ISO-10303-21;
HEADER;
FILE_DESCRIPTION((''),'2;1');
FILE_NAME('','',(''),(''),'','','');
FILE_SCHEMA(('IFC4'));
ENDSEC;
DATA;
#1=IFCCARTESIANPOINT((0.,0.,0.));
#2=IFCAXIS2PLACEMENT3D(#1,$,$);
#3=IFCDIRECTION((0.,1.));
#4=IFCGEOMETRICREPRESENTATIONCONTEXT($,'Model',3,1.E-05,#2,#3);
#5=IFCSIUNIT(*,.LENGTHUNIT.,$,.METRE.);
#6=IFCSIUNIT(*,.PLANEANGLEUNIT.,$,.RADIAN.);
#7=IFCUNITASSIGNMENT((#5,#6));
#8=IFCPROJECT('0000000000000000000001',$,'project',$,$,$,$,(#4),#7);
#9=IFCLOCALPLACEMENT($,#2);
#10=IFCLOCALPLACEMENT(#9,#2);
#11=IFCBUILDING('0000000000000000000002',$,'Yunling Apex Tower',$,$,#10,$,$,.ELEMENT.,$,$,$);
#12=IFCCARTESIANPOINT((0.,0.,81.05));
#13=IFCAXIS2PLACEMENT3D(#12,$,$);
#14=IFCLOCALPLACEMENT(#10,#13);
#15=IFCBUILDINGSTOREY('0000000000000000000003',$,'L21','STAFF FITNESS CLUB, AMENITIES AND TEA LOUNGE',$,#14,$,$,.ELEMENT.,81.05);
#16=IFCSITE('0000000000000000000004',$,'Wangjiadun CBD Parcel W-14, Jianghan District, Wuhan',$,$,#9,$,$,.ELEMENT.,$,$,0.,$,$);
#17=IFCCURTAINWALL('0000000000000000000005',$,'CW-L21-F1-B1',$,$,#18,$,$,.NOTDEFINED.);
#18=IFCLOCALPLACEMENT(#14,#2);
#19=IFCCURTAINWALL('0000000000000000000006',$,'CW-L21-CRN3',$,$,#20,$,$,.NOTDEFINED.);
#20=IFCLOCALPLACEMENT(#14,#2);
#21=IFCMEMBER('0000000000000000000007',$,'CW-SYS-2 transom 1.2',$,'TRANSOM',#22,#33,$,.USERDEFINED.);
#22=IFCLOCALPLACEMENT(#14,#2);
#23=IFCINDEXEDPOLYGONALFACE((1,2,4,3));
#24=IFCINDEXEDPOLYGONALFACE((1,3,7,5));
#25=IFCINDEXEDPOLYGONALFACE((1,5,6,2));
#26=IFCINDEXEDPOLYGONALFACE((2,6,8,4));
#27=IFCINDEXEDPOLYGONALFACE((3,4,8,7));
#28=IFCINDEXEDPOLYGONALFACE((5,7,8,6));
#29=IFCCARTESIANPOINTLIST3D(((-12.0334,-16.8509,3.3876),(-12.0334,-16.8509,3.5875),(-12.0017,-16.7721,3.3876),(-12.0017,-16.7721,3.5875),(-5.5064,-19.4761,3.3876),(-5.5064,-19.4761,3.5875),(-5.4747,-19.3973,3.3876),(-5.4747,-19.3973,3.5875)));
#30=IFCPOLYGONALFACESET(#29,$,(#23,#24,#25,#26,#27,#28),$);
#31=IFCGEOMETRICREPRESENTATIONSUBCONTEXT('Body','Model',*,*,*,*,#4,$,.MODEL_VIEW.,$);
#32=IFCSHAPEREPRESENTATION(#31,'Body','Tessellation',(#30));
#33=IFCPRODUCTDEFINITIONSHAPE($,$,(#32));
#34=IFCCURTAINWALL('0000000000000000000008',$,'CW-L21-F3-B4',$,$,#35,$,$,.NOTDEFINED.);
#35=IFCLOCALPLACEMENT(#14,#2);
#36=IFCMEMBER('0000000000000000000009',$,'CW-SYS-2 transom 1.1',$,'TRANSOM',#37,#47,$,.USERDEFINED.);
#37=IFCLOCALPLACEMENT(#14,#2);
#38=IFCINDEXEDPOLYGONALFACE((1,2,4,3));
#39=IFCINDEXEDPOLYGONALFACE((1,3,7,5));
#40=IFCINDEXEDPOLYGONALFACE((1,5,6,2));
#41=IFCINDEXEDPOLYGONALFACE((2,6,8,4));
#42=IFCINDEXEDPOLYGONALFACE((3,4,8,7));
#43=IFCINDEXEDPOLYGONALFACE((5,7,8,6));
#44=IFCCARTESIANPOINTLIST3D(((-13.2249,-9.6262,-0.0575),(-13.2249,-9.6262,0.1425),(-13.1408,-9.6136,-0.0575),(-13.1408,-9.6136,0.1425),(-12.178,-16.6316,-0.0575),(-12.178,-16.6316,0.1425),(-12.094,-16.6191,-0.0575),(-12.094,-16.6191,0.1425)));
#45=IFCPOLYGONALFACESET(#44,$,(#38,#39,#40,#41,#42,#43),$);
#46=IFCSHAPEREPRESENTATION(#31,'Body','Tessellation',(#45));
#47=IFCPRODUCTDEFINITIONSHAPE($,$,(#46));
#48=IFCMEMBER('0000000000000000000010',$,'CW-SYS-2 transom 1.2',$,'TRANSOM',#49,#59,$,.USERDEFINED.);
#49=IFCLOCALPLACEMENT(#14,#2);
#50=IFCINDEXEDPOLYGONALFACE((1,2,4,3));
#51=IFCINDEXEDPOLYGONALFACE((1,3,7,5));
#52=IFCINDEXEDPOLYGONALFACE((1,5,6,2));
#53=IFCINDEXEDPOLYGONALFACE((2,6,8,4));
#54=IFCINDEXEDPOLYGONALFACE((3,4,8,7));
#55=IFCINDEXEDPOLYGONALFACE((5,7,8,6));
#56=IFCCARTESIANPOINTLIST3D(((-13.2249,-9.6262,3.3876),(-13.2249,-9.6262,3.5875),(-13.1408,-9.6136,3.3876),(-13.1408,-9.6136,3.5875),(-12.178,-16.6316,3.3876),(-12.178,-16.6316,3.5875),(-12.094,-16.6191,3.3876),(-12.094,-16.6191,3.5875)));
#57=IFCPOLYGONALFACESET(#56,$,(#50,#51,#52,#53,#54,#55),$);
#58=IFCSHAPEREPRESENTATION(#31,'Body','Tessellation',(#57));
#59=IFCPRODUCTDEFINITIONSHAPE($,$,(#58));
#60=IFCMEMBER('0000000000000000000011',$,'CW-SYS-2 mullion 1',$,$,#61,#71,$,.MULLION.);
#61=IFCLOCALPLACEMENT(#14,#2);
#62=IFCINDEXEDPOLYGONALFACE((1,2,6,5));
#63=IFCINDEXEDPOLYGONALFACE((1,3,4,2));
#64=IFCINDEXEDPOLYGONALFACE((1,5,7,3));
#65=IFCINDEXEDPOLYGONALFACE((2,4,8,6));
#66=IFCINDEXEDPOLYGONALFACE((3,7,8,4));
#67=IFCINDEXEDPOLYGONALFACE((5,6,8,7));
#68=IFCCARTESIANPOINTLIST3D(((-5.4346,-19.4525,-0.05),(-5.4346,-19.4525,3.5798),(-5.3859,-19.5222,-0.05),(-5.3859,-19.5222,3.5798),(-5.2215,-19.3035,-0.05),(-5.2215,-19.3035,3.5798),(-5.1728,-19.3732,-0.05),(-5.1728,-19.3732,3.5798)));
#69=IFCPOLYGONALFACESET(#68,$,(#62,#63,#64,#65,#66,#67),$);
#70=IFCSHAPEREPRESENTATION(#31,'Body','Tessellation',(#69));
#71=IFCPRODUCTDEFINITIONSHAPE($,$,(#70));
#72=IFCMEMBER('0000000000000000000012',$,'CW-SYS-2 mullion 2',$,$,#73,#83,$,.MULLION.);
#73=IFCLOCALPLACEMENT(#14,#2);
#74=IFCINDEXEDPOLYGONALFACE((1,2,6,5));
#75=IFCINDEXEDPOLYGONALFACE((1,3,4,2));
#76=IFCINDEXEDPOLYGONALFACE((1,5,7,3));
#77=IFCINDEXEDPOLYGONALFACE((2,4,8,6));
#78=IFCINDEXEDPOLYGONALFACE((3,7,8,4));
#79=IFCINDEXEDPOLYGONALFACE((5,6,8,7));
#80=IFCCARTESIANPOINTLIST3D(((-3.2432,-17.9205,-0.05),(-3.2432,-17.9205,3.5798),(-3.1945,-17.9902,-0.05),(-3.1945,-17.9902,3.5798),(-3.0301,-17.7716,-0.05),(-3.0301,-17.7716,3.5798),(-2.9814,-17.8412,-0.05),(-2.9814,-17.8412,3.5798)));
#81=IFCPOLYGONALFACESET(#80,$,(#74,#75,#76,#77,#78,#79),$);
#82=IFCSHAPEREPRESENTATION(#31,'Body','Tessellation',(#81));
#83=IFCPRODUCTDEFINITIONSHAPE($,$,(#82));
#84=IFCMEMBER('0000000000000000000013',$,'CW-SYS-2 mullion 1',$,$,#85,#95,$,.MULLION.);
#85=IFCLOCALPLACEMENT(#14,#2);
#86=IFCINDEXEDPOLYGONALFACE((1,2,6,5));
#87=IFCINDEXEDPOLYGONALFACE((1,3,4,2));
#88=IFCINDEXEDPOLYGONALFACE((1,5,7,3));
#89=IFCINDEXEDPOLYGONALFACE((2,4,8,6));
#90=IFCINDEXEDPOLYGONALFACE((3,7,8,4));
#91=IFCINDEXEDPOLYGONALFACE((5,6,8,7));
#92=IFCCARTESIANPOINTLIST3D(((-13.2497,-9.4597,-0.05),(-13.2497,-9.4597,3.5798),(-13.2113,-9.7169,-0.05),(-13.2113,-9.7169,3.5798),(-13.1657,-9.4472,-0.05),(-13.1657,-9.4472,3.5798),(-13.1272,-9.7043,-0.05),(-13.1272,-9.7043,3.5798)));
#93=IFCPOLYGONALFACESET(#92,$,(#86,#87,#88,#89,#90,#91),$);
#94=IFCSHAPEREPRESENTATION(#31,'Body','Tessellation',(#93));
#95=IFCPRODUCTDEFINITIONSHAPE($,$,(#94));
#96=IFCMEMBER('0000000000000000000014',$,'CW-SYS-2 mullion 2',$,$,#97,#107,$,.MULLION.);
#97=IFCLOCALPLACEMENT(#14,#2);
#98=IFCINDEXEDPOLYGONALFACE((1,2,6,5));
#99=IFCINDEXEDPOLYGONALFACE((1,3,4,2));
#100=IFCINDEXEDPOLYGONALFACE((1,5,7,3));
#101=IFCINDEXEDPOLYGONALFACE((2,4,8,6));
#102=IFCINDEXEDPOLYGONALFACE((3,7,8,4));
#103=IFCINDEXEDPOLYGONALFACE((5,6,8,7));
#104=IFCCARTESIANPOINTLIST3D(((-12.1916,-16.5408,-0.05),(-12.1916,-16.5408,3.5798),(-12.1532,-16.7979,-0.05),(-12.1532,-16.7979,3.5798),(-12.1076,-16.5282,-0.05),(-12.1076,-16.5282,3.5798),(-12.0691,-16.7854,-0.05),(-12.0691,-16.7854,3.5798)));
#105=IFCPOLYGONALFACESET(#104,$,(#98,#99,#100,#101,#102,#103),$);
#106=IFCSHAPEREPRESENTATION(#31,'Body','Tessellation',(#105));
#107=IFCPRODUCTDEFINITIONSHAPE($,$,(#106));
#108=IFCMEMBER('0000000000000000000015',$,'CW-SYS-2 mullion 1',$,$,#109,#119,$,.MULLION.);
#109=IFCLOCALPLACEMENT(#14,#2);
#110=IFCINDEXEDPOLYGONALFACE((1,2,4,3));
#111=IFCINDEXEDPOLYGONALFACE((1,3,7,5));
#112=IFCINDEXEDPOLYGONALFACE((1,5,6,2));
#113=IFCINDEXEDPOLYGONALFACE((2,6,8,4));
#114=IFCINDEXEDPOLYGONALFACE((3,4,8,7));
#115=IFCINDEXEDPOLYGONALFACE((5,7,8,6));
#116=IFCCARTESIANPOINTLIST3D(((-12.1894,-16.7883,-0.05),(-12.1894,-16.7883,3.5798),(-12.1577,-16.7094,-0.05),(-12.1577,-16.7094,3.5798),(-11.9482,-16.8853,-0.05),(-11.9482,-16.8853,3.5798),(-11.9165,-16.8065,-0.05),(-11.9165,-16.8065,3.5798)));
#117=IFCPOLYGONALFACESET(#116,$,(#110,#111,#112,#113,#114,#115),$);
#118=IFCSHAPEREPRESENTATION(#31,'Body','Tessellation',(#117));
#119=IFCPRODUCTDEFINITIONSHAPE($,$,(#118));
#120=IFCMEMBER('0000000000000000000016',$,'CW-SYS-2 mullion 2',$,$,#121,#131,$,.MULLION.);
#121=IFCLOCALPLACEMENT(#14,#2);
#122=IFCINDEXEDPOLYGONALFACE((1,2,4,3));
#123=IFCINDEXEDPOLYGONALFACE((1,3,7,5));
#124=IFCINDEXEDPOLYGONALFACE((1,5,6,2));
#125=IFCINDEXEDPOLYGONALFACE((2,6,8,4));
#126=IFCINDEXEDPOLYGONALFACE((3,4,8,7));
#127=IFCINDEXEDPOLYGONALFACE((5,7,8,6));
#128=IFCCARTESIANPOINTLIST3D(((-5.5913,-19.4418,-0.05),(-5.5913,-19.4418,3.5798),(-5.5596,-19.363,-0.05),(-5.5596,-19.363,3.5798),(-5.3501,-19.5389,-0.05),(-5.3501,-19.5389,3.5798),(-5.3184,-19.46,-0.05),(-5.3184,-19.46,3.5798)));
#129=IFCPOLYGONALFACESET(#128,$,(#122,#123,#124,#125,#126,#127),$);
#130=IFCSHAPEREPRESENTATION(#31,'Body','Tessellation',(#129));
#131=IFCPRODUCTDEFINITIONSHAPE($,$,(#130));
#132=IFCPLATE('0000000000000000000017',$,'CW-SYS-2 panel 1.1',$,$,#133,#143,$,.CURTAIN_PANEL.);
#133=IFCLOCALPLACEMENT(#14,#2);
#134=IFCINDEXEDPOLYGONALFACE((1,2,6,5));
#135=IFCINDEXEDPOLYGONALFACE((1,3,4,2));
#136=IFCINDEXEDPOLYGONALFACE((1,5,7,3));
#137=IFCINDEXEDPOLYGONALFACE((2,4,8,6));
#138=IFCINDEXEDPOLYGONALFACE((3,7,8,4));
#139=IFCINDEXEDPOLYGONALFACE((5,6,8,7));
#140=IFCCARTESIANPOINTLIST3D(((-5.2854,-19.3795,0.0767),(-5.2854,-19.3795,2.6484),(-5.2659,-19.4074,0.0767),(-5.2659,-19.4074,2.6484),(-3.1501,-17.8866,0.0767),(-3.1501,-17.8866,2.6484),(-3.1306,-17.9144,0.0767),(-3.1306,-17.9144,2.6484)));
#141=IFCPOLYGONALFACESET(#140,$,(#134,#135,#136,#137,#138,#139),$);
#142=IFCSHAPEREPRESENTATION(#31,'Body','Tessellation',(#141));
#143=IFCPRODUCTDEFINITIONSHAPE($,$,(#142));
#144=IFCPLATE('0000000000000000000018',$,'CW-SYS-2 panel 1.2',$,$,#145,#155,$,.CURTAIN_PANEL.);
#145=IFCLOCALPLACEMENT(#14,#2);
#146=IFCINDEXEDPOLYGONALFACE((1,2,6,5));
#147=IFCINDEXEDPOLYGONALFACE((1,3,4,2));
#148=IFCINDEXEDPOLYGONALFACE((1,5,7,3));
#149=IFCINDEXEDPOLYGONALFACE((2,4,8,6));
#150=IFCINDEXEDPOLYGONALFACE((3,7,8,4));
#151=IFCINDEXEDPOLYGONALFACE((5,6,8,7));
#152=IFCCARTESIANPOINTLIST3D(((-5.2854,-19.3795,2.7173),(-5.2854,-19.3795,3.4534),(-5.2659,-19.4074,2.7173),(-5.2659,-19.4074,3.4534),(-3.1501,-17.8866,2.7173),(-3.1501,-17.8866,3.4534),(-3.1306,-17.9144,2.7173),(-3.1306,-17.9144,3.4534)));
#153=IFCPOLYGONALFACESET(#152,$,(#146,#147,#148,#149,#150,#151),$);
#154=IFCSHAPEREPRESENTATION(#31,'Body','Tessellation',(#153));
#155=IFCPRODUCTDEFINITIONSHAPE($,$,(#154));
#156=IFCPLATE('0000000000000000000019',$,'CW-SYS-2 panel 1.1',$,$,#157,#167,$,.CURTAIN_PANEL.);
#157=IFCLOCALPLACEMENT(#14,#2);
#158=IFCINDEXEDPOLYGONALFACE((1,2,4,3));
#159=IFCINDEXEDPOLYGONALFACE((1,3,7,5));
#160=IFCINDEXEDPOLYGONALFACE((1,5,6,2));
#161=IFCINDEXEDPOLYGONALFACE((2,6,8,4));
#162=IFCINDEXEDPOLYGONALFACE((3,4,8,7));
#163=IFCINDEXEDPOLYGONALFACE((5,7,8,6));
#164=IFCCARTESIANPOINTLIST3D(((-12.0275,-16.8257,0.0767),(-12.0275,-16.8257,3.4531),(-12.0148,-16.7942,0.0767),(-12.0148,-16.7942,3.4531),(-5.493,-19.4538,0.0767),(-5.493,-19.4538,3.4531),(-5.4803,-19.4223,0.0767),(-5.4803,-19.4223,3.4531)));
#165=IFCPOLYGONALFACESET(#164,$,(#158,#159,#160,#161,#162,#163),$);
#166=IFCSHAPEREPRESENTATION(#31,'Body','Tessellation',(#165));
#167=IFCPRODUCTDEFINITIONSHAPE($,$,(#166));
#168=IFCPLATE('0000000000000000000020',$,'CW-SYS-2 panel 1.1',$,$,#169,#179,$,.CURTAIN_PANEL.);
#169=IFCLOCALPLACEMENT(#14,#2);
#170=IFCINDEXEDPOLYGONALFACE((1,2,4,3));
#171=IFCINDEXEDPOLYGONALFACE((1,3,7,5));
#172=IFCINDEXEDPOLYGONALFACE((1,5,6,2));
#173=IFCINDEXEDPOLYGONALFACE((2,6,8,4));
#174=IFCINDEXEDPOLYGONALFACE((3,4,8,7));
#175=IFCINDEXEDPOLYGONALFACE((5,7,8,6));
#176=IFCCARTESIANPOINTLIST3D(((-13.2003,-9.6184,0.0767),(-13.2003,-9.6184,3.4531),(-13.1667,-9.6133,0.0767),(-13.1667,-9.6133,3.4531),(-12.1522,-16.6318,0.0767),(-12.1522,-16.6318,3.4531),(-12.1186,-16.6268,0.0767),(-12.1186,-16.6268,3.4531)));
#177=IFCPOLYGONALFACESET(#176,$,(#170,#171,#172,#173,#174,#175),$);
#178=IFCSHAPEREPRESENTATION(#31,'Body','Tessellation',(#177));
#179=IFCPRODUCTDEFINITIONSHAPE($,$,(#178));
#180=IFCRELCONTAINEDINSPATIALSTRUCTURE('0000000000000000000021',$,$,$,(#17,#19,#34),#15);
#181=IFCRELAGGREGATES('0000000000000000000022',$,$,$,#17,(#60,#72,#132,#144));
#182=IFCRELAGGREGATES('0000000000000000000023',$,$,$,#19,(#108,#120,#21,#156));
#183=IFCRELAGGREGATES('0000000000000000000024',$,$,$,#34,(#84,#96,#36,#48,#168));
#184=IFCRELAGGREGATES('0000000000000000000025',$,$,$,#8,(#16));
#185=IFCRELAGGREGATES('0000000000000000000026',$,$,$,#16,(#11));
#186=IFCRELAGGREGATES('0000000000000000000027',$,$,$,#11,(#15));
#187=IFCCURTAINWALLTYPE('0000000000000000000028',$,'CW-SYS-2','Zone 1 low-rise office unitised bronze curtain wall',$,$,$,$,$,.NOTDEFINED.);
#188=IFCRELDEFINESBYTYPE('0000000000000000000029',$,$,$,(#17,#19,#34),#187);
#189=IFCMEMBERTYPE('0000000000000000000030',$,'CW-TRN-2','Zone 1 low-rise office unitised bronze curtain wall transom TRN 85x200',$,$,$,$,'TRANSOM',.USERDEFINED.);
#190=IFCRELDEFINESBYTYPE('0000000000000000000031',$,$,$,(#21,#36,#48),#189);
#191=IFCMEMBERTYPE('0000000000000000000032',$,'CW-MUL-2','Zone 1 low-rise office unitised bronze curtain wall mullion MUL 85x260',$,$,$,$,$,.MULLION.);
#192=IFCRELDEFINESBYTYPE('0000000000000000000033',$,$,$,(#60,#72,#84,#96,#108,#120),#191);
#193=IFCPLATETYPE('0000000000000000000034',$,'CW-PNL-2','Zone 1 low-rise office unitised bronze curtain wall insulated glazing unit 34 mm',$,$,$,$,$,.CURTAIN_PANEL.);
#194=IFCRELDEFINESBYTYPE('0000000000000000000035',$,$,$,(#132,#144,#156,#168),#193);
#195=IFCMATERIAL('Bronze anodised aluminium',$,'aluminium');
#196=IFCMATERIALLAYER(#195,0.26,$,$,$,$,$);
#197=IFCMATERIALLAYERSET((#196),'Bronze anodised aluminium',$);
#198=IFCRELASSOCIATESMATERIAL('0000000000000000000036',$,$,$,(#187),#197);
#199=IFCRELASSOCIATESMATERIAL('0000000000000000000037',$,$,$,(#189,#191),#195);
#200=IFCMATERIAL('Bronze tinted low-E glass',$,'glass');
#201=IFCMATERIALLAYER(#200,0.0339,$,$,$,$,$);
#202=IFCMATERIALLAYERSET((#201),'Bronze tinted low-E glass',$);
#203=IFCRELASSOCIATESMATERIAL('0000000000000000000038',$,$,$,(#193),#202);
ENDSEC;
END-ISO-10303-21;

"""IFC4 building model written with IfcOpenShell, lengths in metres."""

from ifc_helpers import new_model, si_unit, direction, frame, origin, origin_2d, place, context, subcontext, project, spatial, rectangle, extrude, source, transform, mapped, material, layer, layer_set, material_profile, profile_set, type_object, element, aggregate, save


model = new_model("IFC4")

# Units and contexts
model_context = context("Model", 3, precision=1e-05, world=origin(), true_north=direction((0.0, 1.0)))
body_context = subcontext(model_context, "Body", "Model", "MODEL_VIEW")
ifc_project = project(units=[si_unit("LENGTHUNIT", "METRE"), si_unit("PLANEANGLEUNIT", "RADIAN")], contexts=[model_context])

# Site, building, storey
site_placement = place(None, origin())
site = spatial("IfcSite", under=ifc_project, at=site_placement, Name="Wangjiadun CBD Parcel W-14, Jianghan District, Wuhan", CompositionType="ELEMENT", RefElevation=0.0)
building_placement = place(site_placement, origin())
building = spatial("IfcBuilding", under=site, at=building_placement, Name="Yunling Apex Tower", CompositionType="ELEMENT")
storey_placement = place(building_placement, frame((0.0, 0.0, 81.05)))
storey = spatial("IfcBuildingStorey", under=building, at=storey_placement, Name="L21", Description="STAFF FITNESS CLUB, AMENITIES AND TEA LOUNGE", CompositionType="ELEMENT", Elevation=81.05)

# Curtain walls, members
ifc_material_1 = material(Name="Bronze anodised aluminium", Category="aluminium")
ifc_layer_1 = layer(ifc_material_1, 0.26)
ifc_layer_set_1 = layer_set([ifc_layer_1], Name="Bronze anodised aluminium")
curtain_wall_type = type_object("IfcCurtainWallType", Name="CW-SYS-2", Description="Zone 1 low-rise office unitised bronze curtain wall", PredefinedType="NOTDEFINED", material=ifc_layer_set_1)
curtain_wall_1_placement = place(storey_placement, origin())
curtain_wall_1 = element("IfcCurtainWall", 1, at=curtain_wall_1_placement, inside=storey, type_object=curtain_wall_type, Name="CW-L21-F1-B1", PredefinedType="NOTDEFINED")
ifc_material_profile_1 = material_profile(ifc_material_1, rectangle(XDim=0.085, YDim=0.2, at=origin_2d()))
ifc_profile_set_1 = profile_set([ifc_material_profile_1], Name="Bronze anodised aluminium")
member_type_1 = type_object("IfcMemberType", Name="CW-TRN-2", Description="Zone 1 low-rise office unitised bronze curtain wall transom TRN 85x200", ElementType="TRANSOM", PredefinedType="USERDEFINED", material=ifc_profile_set_1)
curtain_wall_2_placement = place(storey_placement, origin())
curtain_wall_2 = element("IfcCurtainWall", 2, at=curtain_wall_2_placement, inside=storey, type_object=curtain_wall_type, Name="CW-L21-CRN3", PredefinedType="NOTDEFINED")
shared_shape_1 = source(origin(), body_context, "Body", "SweptSolid", [
    extrude(rectangle(XDim=0.085, YDim=0.2, at=origin_2d()), origin(), (0.0, 0.0, 1.0), 7.0352),
])
member_1_placement = place(storey_placement, frame((-12.0176, -16.8115, 3.4875), z_axis=(0.927769, -0.373155, 0.0), x_axis=(0.373155, 0.927769, 0.0)))
member_1 = element("IfcMember", 3, at=member_1_placement, type_object=member_type_1, Name="CW-SYS-2 transom 1.2", ObjectType="TRANSOM", PredefinedType="USERDEFINED", context=body_context, shape_type="MappedRepresentation", body=[
    mapped(shared_shape_1, transform((0.0, 0.0, 0.0), scale=1.0)),
])
curtain_wall_3_placement = place(storey_placement, origin())
curtain_wall_3 = element("IfcCurtainWall", 4, at=curtain_wall_3_placement, inside=storey, type_object=curtain_wall_type, Name="CW-L21-F3-B4", PredefinedType="NOTDEFINED")
shared_shape_2 = source(origin(), body_context, "Body", "SweptSolid", [
    extrude(rectangle(XDim=0.085, YDim=0.2, at=origin_2d()), origin(), (0.0, 0.0, 1.0), 7.0833),
])
member_2_placement = place(storey_placement, frame((-13.1829, -9.6199, 0.0425), z_axis=(0.147798, -0.989018, 0.0), x_axis=(0.989018, 0.147798, 0.0)))
member_2 = element("IfcMember", 5, at=member_2_placement, type_object=member_type_1, Name="CW-SYS-2 transom 1.1", ObjectType="TRANSOM", PredefinedType="USERDEFINED", context=body_context, shape_type="MappedRepresentation", body=[
    mapped(shared_shape_2, transform((0.0, 0.0, 0.0), scale=1.0)),
])
member_3_placement = place(storey_placement, frame((-13.1829, -9.6199, 3.4875), z_axis=(0.147798, -0.989018, 0.0), x_axis=(0.989018, 0.147798, 0.0)))
member_3 = element("IfcMember", 6, at=member_3_placement, type_object=member_type_1, Name="CW-SYS-2 transom 1.2", ObjectType="TRANSOM", PredefinedType="USERDEFINED", context=body_context, shape_type="MappedRepresentation", body=[
    mapped(shared_shape_2, transform((0.0, 0.0, 0.0), scale=1.0)),
])

# Members
ifc_material_profile_2 = material_profile(ifc_material_1, rectangle(XDim=0.085, YDim=0.26, at=origin_2d()))
ifc_profile_set_2 = profile_set([ifc_material_profile_2], Name="Bronze anodised aluminium")
member_type_2 = type_object("IfcMemberType", Name="CW-MUL-2", Description="Zone 1 low-rise office unitised bronze curtain wall mullion MUL 85x260", PredefinedType="MULLION", material=ifc_profile_set_2)
shared_shape_3 = source(origin(), body_context, "Body", "SweptSolid", [
    extrude(rectangle(XDim=0.085, YDim=0.26, at=origin_2d()), origin(), (0.0, 0.0, 1.0), 3.6299),
])
member_4_placement = place(storey_placement, frame((-5.3037, -19.4128, -0.05), z_axis=(0.0, 0.0, 1.0), x_axis=(-0.573004, 0.819552, 0.0)))
member_4 = element("IfcMember", 7, at=member_4_placement, type_object=member_type_2, Name="CW-SYS-2 mullion 1", PredefinedType="MULLION", context=body_context, shape_type="MappedRepresentation", body=[
    mapped(shared_shape_3, transform((0.0, 0.0, 0.0), scale=1.0)),
])
member_5_placement = place(storey_placement, frame((-3.1123, -17.8809, -0.05), z_axis=(0.0, 0.0, 1.0), x_axis=(-0.573004, 0.819552, 0.0)))
member_5 = element("IfcMember", 8, at=member_5_placement, type_object=member_type_2, Name="CW-SYS-2 mullion 2", PredefinedType="MULLION", context=body_context, shape_type="MappedRepresentation", body=[
    mapped(shared_shape_3, transform((0.0, 0.0, 0.0), scale=1.0)),
])
member_6_placement = place(storey_placement, frame((-13.1885, -9.582, -0.05), z_axis=(0.0, 0.0, 1.0), x_axis=(0.989017, 0.147801, 0.0)))
member_6 = element("IfcMember", 9, at=member_6_placement, type_object=member_type_2, Name="CW-SYS-2 mullion 1", PredefinedType="MULLION", context=body_context, shape_type="MappedRepresentation", body=[
    mapped(shared_shape_3, transform((0.0, 0.0, 0.0), scale=1.0)),
])
member_7_placement = place(storey_placement, frame((-12.1304, -16.6631, -0.05), z_axis=(0.0, 0.0, 1.0), x_axis=(0.989017, 0.147801, 0.0)))
member_7 = element("IfcMember", 10, at=member_7_placement, type_object=member_type_2, Name="CW-SYS-2 mullion 2", PredefinedType="MULLION", context=body_context, shape_type="MappedRepresentation", body=[
    mapped(shared_shape_3, transform((0.0, 0.0, 0.0), scale=1.0)),
])
member_8_placement = place(storey_placement, frame((-12.053, -16.7974, -0.05), z_axis=(0.0, 0.0, 1.0), x_axis=(0.373144, 0.927774, 0.0)))
member_8 = element("IfcMember", 11, at=member_8_placement, type_object=member_type_2, Name="CW-SYS-2 mullion 1", PredefinedType="MULLION", context=body_context, shape_type="MappedRepresentation", body=[
    mapped(shared_shape_3, transform((0.0, 0.0, 0.0), scale=1.0)),
])
member_9_placement = place(storey_placement, frame((-5.4548, -19.4509, -0.05), z_axis=(0.0, 0.0, 1.0), x_axis=(0.373144, 0.927774, 0.0)))
member_9 = element("IfcMember", 12, at=member_9_placement, type_object=member_type_2, Name="CW-SYS-2 mullion 2", PredefinedType="MULLION", context=body_context, shape_type="MappedRepresentation", body=[
    mapped(shared_shape_3, transform((0.0, 0.0, 0.0), scale=1.0)),
])

# Plates
ifc_material_2 = material(Name="Bronze tinted low-E glass", Category="glass")
ifc_layer_2 = layer(ifc_material_2, 0.0339)
ifc_layer_set_2 = layer_set([ifc_layer_2], Name="Bronze tinted low-E glass")
plate_type = type_object("IfcPlateType", Name="CW-PNL-2", Description="Zone 1 low-rise office unitised bronze curtain wall insulated glazing unit 34 mm", PredefinedType="CURTAIN_PANEL", material=ifc_layer_set_2)
shared_shape_4 = source(origin(), body_context, "Body", "SweptSolid", [
    extrude(rectangle(XDim=2.6055, YDim=0.0339, at=origin_2d()), origin(), (0.0, 0.0, 1.0), 2.5718),
])
plate_1_placement = place(storey_placement, frame((-4.208, -18.647, 0.0767), z_axis=(0.0, 0.0, 1.0), x_axis=(0.819552, 0.573004, 0.0)))
plate_1 = element("IfcPlate", 13, at=plate_1_placement, type_object=plate_type, Name="CW-SYS-2 panel 1.1", PredefinedType="CURTAIN_PANEL", context=body_context, shape_type="MappedRepresentation", body=[
    mapped(shared_shape_4, transform((0.0, 0.0, 0.0), scale=1.0)),
])
shared_shape_5 = source(origin(), body_context, "Body", "SweptSolid", [
    extrude(rectangle(XDim=2.6055, YDim=0.0339, at=origin_2d()), origin(), (0.0, 0.0, 1.0), 0.7361),
])
plate_2_placement = place(storey_placement, frame((-4.208, -18.647, 2.7173), z_axis=(0.0, 0.0, 1.0), x_axis=(0.819552, 0.573004, 0.0)))
plate_2 = element("IfcPlate", 14, at=plate_2_placement, type_object=plate_type, Name="CW-SYS-2 panel 1.2", PredefinedType="CURTAIN_PANEL", context=body_context, shape_type="MappedRepresentation", body=[
    mapped(shared_shape_5, transform((0.0, 0.0, 0.0), scale=1.0)),
])
aggregate(curtain_wall_1, [member_4, member_5, plate_1, plate_2])
shared_shape_6 = source(origin(), body_context, "Body", "SweptSolid", [
    extrude(rectangle(XDim=7.0432, YDim=0.0339, at=origin_2d()), origin(), (0.0, 0.0, 1.0), 3.3765),
])
plate_3_placement = place(storey_placement, frame((-8.7539, -18.124, 0.0767), z_axis=(0.0, 0.0, 1.0), x_axis=(0.927774, -0.373144, 0.0)))
plate_3 = element("IfcPlate", 15, at=plate_3_placement, type_object=plate_type, Name="CW-SYS-2 panel 1.1", PredefinedType="CURTAIN_PANEL", context=body_context, shape_type="MappedRepresentation", body=[
    mapped(shared_shape_6, transform((0.0, 0.0, 0.0), scale=1.0)),
])
aggregate(curtain_wall_2, [member_8, member_9, member_1, plate_3])
shared_shape_7 = source(origin(), body_context, "Body", "SweptSolid", [
    extrude(rectangle(XDim=7.0913, YDim=0.0339, at=origin_2d()), origin(), (0.0, 0.0, 1.0), 3.3765),
])
plate_4_placement = place(storey_placement, frame((-12.6594, -13.1226, 0.0767), z_axis=(0.0, 0.0, 1.0), x_axis=(0.147801, -0.989017, 0.0)))
plate_4 = element("IfcPlate", 16, at=plate_4_placement, type_object=plate_type, Name="CW-SYS-2 panel 1.1", PredefinedType="CURTAIN_PANEL", context=body_context, shape_type="MappedRepresentation", body=[
    mapped(shared_shape_7, transform((0.0, 0.0, 0.0), scale=1.0)),
])
aggregate(curtain_wall_3, [member_6, member_7, member_2, member_3, plate_4])

save(model, "model.ifc")
